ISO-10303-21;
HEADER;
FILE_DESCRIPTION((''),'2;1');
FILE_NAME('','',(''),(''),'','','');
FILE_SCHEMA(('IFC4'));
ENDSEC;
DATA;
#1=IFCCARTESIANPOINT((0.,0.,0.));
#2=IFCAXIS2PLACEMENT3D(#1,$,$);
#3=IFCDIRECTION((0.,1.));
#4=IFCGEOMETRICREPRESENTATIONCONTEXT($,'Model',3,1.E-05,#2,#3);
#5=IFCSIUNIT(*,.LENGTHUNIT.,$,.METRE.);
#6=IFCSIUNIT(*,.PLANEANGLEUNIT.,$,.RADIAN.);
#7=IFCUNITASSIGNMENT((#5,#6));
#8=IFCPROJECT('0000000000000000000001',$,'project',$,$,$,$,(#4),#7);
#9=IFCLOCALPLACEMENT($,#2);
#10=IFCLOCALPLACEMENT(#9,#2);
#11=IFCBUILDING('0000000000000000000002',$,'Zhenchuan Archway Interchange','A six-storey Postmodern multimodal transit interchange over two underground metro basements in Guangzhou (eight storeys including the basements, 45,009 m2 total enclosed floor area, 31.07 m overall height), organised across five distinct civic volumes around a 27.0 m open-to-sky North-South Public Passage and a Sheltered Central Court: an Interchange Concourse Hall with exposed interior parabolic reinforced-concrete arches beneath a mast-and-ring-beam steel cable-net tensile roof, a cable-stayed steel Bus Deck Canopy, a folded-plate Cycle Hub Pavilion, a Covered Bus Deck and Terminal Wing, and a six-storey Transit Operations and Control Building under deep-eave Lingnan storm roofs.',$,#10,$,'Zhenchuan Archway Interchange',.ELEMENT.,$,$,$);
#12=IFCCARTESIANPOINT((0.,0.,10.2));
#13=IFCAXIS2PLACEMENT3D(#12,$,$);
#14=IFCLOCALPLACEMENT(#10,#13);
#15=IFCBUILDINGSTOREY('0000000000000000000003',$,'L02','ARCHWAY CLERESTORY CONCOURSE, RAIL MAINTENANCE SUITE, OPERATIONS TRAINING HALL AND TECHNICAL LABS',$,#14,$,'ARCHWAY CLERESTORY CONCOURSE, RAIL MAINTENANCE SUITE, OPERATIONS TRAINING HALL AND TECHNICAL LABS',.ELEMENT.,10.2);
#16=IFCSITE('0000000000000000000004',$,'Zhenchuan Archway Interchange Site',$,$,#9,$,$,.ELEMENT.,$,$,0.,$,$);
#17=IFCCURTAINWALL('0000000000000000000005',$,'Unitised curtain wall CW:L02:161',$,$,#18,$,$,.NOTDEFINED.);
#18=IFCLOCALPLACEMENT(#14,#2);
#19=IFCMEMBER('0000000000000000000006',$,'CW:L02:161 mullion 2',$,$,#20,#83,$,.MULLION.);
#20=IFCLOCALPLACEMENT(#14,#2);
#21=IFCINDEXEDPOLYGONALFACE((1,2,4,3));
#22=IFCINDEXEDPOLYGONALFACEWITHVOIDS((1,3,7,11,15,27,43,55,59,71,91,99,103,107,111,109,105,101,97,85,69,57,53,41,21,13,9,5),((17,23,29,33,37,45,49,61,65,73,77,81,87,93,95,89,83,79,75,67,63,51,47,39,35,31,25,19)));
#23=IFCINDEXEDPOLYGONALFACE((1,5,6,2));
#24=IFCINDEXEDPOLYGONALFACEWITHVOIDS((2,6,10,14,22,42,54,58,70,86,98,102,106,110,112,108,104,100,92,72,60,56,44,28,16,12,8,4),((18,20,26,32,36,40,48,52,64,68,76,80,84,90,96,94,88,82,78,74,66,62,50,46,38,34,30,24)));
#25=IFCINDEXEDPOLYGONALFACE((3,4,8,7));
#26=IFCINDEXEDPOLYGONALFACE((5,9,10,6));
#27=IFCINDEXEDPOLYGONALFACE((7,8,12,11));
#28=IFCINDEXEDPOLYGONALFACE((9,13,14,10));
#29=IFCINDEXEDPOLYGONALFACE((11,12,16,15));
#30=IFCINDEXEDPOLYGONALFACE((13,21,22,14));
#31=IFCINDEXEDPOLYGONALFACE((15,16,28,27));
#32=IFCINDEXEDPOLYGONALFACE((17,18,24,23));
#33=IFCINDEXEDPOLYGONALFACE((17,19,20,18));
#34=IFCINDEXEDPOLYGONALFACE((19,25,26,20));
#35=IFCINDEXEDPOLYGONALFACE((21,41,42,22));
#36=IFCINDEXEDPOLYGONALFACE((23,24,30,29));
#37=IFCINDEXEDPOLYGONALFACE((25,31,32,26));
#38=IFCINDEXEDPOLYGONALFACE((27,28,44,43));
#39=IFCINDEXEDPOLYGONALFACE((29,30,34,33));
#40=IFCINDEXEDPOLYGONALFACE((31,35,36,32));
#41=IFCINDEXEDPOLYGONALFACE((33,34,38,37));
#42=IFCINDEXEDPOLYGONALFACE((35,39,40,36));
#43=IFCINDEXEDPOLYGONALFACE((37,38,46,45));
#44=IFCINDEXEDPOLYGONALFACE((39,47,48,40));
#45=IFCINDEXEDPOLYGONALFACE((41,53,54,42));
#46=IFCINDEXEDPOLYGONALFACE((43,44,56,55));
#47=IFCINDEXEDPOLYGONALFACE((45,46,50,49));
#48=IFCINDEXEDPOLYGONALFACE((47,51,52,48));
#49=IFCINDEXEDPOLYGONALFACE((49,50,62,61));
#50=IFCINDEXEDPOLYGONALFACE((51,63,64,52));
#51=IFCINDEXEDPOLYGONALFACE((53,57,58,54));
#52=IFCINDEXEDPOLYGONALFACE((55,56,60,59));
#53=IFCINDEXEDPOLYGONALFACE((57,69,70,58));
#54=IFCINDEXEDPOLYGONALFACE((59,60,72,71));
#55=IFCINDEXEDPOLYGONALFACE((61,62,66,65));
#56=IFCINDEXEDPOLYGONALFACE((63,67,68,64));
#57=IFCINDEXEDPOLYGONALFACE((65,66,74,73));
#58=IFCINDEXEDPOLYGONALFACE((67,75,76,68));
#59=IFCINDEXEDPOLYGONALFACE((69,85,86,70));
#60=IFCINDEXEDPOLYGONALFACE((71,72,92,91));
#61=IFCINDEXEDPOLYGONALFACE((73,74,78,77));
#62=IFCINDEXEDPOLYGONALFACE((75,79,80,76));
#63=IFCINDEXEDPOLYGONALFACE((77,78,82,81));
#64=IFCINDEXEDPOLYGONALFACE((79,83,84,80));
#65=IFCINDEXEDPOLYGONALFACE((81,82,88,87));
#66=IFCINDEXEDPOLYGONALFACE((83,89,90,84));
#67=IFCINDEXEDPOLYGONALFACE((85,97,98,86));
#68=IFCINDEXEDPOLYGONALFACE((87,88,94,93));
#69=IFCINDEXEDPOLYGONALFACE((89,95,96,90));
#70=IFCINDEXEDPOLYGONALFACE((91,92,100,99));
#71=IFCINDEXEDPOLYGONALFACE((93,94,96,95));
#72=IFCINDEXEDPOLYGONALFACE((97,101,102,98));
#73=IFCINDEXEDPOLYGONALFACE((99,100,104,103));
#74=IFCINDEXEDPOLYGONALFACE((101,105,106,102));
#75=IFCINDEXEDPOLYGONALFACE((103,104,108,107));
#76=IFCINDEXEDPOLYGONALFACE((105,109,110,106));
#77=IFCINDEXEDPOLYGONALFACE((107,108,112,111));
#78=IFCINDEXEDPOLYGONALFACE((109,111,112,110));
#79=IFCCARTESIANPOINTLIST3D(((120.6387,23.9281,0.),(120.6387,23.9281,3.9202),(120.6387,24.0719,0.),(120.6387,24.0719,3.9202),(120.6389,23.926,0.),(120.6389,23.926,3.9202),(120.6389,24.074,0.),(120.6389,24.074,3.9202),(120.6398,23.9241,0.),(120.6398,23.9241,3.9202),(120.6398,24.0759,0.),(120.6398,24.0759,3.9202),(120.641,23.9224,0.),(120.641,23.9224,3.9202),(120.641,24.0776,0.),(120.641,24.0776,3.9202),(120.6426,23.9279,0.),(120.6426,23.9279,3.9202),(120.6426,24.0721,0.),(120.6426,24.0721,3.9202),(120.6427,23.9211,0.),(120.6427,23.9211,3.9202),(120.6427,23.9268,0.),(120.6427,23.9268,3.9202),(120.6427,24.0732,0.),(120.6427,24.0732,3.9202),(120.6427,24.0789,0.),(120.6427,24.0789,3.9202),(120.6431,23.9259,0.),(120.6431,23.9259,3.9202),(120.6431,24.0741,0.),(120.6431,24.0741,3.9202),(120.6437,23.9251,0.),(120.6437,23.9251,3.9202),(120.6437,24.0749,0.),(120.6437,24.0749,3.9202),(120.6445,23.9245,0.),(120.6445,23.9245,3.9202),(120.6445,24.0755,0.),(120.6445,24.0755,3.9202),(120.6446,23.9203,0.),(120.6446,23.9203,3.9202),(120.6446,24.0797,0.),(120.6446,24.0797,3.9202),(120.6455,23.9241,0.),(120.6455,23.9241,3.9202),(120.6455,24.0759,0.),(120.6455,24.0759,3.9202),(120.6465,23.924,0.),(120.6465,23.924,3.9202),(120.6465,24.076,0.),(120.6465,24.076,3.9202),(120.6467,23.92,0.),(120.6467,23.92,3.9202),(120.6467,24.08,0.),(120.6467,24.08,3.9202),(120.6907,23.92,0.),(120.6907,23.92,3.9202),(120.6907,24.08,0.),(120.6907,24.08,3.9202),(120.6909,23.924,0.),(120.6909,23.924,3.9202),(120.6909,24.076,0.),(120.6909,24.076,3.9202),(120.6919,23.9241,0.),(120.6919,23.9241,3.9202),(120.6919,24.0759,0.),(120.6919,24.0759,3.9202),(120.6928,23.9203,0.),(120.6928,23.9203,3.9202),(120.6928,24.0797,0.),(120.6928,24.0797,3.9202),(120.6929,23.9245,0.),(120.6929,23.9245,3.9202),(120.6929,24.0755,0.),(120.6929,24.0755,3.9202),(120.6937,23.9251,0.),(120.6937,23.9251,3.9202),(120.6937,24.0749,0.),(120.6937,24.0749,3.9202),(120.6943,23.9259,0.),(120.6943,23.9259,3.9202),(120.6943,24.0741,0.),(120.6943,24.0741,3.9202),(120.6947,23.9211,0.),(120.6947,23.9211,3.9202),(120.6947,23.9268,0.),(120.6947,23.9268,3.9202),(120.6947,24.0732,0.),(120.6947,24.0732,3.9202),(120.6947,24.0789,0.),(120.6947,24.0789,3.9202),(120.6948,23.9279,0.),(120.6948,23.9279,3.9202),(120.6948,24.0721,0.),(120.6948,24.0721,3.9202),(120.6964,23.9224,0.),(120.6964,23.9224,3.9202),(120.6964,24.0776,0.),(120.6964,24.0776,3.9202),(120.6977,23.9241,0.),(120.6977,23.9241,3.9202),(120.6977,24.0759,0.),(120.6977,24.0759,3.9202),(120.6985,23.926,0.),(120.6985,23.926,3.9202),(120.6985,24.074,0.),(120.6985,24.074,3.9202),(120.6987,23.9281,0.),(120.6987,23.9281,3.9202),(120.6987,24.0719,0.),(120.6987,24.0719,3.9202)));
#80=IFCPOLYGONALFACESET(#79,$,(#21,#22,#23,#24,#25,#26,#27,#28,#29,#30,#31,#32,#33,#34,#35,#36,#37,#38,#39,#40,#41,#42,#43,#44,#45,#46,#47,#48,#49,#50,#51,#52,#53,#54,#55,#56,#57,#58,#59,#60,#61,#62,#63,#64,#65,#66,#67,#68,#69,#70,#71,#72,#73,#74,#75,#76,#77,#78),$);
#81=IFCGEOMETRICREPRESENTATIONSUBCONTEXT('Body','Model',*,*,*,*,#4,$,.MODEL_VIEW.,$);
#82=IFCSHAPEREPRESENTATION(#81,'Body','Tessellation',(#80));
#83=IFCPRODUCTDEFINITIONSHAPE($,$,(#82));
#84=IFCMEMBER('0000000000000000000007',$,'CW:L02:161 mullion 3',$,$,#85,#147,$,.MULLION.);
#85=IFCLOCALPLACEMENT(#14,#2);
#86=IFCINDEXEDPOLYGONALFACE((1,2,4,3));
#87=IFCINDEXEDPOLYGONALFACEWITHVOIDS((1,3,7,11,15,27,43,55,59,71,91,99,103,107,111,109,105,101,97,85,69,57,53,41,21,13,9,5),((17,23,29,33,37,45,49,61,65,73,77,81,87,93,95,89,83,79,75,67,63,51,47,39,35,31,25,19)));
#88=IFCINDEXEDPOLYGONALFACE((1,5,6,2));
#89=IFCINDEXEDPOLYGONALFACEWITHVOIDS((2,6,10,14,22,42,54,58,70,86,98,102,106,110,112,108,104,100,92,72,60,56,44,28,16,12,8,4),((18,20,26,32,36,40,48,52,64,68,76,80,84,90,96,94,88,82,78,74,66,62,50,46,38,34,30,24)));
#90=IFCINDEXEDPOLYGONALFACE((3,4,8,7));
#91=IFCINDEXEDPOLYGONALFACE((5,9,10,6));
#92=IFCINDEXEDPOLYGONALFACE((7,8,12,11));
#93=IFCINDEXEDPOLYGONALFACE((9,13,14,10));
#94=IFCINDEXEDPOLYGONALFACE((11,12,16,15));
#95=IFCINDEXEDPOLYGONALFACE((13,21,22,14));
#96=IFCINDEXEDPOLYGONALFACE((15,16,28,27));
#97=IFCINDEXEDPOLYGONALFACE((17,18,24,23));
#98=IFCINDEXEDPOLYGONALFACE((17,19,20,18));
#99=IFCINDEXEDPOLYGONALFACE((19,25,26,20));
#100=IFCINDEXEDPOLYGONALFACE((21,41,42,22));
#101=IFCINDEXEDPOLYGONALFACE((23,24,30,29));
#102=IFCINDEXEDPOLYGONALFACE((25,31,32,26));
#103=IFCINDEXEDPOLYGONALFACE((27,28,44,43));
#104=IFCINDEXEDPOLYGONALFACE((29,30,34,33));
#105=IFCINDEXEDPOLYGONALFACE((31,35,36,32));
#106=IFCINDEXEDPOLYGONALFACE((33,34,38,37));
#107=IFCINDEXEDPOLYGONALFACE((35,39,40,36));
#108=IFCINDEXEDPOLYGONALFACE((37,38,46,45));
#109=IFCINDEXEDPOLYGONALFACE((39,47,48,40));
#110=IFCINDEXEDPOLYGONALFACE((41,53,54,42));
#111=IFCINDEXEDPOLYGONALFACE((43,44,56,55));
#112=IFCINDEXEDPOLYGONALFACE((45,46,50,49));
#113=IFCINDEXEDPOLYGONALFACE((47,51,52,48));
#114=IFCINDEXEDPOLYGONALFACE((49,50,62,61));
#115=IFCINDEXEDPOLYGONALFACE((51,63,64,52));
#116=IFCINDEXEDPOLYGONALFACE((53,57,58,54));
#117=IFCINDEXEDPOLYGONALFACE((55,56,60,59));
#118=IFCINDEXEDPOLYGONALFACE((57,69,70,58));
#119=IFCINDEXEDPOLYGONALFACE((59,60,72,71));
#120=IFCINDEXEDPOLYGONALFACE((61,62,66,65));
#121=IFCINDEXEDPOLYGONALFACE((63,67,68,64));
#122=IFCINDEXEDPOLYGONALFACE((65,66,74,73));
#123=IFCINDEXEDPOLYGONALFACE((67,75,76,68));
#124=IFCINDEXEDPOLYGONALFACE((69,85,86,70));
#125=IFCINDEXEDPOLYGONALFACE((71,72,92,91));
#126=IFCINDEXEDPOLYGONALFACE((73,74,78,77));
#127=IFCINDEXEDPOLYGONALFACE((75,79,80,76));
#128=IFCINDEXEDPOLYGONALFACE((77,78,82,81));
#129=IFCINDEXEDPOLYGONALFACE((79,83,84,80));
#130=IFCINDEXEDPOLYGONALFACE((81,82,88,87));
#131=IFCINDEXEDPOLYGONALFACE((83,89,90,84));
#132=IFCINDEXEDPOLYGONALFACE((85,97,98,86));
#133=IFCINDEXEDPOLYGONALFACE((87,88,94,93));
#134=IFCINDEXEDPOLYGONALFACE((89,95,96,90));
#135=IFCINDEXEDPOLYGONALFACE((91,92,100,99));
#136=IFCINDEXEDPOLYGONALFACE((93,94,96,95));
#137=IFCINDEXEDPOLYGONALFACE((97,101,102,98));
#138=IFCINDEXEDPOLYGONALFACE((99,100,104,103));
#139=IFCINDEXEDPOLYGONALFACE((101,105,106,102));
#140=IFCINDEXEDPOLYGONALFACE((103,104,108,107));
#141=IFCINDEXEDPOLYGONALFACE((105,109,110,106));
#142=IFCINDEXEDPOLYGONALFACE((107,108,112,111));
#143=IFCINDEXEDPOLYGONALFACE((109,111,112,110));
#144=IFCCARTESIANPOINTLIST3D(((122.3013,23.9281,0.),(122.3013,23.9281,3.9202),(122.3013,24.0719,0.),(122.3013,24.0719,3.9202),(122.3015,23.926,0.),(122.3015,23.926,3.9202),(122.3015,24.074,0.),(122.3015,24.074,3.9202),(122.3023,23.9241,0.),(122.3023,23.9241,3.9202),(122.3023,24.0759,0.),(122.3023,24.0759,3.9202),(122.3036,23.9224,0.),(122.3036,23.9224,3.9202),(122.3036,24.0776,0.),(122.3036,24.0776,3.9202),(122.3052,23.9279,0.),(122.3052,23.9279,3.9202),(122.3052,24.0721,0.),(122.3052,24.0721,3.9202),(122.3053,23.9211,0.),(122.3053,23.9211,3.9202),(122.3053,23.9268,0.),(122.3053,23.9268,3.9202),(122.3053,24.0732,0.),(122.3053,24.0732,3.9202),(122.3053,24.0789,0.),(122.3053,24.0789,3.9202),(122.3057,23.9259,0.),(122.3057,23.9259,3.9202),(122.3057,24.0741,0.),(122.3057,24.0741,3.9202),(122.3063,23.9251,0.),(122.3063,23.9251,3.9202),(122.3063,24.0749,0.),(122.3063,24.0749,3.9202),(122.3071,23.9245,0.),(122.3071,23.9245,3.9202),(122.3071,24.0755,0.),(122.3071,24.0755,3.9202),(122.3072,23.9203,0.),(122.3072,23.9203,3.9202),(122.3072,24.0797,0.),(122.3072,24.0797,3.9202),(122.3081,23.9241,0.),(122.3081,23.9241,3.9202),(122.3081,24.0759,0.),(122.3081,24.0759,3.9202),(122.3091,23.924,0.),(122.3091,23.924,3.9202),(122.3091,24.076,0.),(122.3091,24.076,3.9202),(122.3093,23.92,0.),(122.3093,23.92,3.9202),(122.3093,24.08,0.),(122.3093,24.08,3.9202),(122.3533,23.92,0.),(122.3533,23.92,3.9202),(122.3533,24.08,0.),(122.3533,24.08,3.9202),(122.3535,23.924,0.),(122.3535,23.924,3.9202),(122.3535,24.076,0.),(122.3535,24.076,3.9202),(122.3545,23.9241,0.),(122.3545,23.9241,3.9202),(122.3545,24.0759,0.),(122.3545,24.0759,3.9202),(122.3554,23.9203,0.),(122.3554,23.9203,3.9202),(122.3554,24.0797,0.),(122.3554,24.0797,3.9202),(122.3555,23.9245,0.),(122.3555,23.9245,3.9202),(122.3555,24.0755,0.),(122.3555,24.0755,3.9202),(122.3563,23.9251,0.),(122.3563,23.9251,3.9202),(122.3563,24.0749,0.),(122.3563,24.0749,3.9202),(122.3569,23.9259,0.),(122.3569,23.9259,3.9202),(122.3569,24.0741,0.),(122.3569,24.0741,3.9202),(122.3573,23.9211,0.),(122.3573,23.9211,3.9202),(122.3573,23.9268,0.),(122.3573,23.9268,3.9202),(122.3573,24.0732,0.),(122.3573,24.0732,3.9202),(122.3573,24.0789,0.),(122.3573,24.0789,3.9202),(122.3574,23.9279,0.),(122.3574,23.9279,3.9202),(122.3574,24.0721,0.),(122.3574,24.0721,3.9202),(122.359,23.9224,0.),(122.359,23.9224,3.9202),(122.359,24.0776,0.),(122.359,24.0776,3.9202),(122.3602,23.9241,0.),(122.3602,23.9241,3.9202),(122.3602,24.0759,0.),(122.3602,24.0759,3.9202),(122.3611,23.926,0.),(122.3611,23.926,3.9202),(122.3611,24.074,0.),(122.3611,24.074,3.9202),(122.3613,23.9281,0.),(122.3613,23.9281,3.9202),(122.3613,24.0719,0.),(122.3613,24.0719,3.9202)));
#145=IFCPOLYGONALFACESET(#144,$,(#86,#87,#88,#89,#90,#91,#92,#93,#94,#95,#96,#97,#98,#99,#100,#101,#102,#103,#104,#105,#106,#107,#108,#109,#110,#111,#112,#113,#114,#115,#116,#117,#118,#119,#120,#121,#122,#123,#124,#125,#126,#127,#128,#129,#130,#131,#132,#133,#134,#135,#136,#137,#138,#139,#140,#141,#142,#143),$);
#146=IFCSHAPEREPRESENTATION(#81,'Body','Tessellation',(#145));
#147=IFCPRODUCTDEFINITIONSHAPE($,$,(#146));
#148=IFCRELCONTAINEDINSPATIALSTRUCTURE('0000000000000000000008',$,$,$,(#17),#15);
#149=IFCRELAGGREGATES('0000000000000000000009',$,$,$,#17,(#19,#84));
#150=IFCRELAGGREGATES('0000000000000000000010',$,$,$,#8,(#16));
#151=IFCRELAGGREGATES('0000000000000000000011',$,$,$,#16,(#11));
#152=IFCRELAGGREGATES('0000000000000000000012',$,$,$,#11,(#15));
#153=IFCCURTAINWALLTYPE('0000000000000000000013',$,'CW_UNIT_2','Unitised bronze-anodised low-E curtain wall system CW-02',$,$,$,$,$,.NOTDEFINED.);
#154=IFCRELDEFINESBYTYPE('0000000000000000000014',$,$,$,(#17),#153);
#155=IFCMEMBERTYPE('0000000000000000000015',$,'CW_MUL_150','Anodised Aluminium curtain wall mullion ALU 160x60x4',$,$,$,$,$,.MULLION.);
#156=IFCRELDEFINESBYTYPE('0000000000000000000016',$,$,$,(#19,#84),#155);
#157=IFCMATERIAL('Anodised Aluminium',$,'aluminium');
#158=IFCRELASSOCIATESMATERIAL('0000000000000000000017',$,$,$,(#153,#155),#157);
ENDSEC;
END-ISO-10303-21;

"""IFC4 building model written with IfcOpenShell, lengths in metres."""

from ifc_helpers import new_model, si_unit, direction, frame, origin, origin_2d, place, context, subcontext, project, spatial, hollow_rectangle, extrude, material, material_profile, profile_set, type_object, element, aggregate, save


model = new_model("IFC4")

# Units and contexts
model_context = context("Model", 3, precision=1e-05, world=origin(), true_north=direction((0.0, 1.0)))
body_context = subcontext(model_context, "Body", "Model", "MODEL_VIEW")
ifc_project = project(units=[si_unit("LENGTHUNIT", "METRE"), si_unit("PLANEANGLEUNIT", "RADIAN")], contexts=[model_context])

# Site, building, storey
site_placement = place(None, origin())
site = spatial("IfcSite", under=ifc_project, at=site_placement, Name="Zhenchuan Archway Interchange Site", CompositionType="ELEMENT", RefElevation=0.0)
building_placement = place(site_placement, origin())
building = spatial("IfcBuilding", under=site, at=building_placement, Name="Zhenchuan Archway Interchange", Description="A six-storey Postmodern multimodal transit interchange over two underground metro basements in Guangzhou (eight storeys including the basements, 45,009 m2 total enclosed floor area, 31.07 m overall height), organised across five distinct civic volumes around a 27.0 m open-to-sky North-South Public Passage and a Sheltered Central Court: an Interchange Concourse Hall with exposed interior parabolic reinforced-concrete arches beneath a mast-and-ring-beam steel cable-net tensile roof, a cable-stayed steel Bus Deck Canopy, a folded-plate Cycle Hub Pavilion, a Covered Bus Deck and Terminal Wing, and a six-storey Transit Operations and Control Building under deep-eave Lingnan storm roofs.", LongName="Zhenchuan Archway Interchange", CompositionType="ELEMENT")
storey_placement = place(building_placement, frame((0.0, 0.0, 10.2)))
storey = spatial("IfcBuildingStorey", under=building, at=storey_placement, Name="L02", Description="ARCHWAY CLERESTORY CONCOURSE, RAIL MAINTENANCE SUITE, OPERATIONS TRAINING HALL AND TECHNICAL LABS", LongName="ARCHWAY CLERESTORY CONCOURSE, RAIL MAINTENANCE SUITE, OPERATIONS TRAINING HALL AND TECHNICAL LABS", CompositionType="ELEMENT", Elevation=10.2)

# Curtain wall, members
ifc_material_1 = material(Name="Anodised Aluminium", Category="aluminium")
curtain_wall_type = type_object("IfcCurtainWallType", Name="CW_UNIT_2", Description="Unitised bronze-anodised low-E curtain wall system CW-02", PredefinedType="NOTDEFINED", material=ifc_material_1)
curtain_wall_placement = place(storey_placement, origin())
curtain_wall = element("IfcCurtainWall", 1, at=curtain_wall_placement, inside=storey, type_object=curtain_wall_type, Name="Unitised curtain wall CW:L02:161", PredefinedType="NOTDEFINED")
ifc_material_profile_1 = material_profile(ifc_material_1, hollow_rectangle(XDim=0.0601, YDim=0.1599, WallThickness=0.0039, InnerFilletRadius=0.0039, OuterFilletRadius=0.0081, at=origin_2d()), Name="ALU 160x60x4")
ifc_profile_set_1 = profile_set([ifc_material_profile_1], Name="Anodised Aluminium")
member_type_1 = type_object("IfcMemberType", Name="CW_MUL_150", Description="Anodised Aluminium curtain wall mullion ALU 160x60x4", PredefinedType="MULLION", material=ifc_profile_set_1)
member_1_placement = place(storey_placement, frame((120.6687, 24.0, 0.0), z_axis=(0.0, 0.0, 1.0), x_axis=(1.0, 0.0, 0.0)))
member_1 = element("IfcMember", 2, at=member_1_placement, type_object=member_type_1, Name="CW:L02:161 mullion 2", PredefinedType="MULLION", context=body_context, shape_type="SweptSolid", body=[
    extrude(hollow_rectangle(XDim=0.0601, YDim=0.1599, WallThickness=0.0039, InnerFilletRadius=0.0039, OuterFilletRadius=0.0081, at=origin_2d()), origin(), (0.0, 0.0, 1.0), 3.9202),
])
member_2_placement = place(storey_placement, frame((122.3313, 24.0, 0.0), z_axis=(0.0, 0.0, 1.0), x_axis=(1.0, 0.0, 0.0)))
member_2 = element("IfcMember", 3, at=member_2_placement, type_object=member_type_1, Name="CW:L02:161 mullion 3", PredefinedType="MULLION", context=body_context, shape_type="SweptSolid", body=[
    extrude(hollow_rectangle(XDim=0.0601, YDim=0.1599, WallThickness=0.0039, InnerFilletRadius=0.0039, OuterFilletRadius=0.0081, at=origin_2d()), origin(), (0.0, 0.0, 1.0), 3.9202),
])

aggregate(curtain_wall, [member_1, member_2])

save(model, "model.ifc")
